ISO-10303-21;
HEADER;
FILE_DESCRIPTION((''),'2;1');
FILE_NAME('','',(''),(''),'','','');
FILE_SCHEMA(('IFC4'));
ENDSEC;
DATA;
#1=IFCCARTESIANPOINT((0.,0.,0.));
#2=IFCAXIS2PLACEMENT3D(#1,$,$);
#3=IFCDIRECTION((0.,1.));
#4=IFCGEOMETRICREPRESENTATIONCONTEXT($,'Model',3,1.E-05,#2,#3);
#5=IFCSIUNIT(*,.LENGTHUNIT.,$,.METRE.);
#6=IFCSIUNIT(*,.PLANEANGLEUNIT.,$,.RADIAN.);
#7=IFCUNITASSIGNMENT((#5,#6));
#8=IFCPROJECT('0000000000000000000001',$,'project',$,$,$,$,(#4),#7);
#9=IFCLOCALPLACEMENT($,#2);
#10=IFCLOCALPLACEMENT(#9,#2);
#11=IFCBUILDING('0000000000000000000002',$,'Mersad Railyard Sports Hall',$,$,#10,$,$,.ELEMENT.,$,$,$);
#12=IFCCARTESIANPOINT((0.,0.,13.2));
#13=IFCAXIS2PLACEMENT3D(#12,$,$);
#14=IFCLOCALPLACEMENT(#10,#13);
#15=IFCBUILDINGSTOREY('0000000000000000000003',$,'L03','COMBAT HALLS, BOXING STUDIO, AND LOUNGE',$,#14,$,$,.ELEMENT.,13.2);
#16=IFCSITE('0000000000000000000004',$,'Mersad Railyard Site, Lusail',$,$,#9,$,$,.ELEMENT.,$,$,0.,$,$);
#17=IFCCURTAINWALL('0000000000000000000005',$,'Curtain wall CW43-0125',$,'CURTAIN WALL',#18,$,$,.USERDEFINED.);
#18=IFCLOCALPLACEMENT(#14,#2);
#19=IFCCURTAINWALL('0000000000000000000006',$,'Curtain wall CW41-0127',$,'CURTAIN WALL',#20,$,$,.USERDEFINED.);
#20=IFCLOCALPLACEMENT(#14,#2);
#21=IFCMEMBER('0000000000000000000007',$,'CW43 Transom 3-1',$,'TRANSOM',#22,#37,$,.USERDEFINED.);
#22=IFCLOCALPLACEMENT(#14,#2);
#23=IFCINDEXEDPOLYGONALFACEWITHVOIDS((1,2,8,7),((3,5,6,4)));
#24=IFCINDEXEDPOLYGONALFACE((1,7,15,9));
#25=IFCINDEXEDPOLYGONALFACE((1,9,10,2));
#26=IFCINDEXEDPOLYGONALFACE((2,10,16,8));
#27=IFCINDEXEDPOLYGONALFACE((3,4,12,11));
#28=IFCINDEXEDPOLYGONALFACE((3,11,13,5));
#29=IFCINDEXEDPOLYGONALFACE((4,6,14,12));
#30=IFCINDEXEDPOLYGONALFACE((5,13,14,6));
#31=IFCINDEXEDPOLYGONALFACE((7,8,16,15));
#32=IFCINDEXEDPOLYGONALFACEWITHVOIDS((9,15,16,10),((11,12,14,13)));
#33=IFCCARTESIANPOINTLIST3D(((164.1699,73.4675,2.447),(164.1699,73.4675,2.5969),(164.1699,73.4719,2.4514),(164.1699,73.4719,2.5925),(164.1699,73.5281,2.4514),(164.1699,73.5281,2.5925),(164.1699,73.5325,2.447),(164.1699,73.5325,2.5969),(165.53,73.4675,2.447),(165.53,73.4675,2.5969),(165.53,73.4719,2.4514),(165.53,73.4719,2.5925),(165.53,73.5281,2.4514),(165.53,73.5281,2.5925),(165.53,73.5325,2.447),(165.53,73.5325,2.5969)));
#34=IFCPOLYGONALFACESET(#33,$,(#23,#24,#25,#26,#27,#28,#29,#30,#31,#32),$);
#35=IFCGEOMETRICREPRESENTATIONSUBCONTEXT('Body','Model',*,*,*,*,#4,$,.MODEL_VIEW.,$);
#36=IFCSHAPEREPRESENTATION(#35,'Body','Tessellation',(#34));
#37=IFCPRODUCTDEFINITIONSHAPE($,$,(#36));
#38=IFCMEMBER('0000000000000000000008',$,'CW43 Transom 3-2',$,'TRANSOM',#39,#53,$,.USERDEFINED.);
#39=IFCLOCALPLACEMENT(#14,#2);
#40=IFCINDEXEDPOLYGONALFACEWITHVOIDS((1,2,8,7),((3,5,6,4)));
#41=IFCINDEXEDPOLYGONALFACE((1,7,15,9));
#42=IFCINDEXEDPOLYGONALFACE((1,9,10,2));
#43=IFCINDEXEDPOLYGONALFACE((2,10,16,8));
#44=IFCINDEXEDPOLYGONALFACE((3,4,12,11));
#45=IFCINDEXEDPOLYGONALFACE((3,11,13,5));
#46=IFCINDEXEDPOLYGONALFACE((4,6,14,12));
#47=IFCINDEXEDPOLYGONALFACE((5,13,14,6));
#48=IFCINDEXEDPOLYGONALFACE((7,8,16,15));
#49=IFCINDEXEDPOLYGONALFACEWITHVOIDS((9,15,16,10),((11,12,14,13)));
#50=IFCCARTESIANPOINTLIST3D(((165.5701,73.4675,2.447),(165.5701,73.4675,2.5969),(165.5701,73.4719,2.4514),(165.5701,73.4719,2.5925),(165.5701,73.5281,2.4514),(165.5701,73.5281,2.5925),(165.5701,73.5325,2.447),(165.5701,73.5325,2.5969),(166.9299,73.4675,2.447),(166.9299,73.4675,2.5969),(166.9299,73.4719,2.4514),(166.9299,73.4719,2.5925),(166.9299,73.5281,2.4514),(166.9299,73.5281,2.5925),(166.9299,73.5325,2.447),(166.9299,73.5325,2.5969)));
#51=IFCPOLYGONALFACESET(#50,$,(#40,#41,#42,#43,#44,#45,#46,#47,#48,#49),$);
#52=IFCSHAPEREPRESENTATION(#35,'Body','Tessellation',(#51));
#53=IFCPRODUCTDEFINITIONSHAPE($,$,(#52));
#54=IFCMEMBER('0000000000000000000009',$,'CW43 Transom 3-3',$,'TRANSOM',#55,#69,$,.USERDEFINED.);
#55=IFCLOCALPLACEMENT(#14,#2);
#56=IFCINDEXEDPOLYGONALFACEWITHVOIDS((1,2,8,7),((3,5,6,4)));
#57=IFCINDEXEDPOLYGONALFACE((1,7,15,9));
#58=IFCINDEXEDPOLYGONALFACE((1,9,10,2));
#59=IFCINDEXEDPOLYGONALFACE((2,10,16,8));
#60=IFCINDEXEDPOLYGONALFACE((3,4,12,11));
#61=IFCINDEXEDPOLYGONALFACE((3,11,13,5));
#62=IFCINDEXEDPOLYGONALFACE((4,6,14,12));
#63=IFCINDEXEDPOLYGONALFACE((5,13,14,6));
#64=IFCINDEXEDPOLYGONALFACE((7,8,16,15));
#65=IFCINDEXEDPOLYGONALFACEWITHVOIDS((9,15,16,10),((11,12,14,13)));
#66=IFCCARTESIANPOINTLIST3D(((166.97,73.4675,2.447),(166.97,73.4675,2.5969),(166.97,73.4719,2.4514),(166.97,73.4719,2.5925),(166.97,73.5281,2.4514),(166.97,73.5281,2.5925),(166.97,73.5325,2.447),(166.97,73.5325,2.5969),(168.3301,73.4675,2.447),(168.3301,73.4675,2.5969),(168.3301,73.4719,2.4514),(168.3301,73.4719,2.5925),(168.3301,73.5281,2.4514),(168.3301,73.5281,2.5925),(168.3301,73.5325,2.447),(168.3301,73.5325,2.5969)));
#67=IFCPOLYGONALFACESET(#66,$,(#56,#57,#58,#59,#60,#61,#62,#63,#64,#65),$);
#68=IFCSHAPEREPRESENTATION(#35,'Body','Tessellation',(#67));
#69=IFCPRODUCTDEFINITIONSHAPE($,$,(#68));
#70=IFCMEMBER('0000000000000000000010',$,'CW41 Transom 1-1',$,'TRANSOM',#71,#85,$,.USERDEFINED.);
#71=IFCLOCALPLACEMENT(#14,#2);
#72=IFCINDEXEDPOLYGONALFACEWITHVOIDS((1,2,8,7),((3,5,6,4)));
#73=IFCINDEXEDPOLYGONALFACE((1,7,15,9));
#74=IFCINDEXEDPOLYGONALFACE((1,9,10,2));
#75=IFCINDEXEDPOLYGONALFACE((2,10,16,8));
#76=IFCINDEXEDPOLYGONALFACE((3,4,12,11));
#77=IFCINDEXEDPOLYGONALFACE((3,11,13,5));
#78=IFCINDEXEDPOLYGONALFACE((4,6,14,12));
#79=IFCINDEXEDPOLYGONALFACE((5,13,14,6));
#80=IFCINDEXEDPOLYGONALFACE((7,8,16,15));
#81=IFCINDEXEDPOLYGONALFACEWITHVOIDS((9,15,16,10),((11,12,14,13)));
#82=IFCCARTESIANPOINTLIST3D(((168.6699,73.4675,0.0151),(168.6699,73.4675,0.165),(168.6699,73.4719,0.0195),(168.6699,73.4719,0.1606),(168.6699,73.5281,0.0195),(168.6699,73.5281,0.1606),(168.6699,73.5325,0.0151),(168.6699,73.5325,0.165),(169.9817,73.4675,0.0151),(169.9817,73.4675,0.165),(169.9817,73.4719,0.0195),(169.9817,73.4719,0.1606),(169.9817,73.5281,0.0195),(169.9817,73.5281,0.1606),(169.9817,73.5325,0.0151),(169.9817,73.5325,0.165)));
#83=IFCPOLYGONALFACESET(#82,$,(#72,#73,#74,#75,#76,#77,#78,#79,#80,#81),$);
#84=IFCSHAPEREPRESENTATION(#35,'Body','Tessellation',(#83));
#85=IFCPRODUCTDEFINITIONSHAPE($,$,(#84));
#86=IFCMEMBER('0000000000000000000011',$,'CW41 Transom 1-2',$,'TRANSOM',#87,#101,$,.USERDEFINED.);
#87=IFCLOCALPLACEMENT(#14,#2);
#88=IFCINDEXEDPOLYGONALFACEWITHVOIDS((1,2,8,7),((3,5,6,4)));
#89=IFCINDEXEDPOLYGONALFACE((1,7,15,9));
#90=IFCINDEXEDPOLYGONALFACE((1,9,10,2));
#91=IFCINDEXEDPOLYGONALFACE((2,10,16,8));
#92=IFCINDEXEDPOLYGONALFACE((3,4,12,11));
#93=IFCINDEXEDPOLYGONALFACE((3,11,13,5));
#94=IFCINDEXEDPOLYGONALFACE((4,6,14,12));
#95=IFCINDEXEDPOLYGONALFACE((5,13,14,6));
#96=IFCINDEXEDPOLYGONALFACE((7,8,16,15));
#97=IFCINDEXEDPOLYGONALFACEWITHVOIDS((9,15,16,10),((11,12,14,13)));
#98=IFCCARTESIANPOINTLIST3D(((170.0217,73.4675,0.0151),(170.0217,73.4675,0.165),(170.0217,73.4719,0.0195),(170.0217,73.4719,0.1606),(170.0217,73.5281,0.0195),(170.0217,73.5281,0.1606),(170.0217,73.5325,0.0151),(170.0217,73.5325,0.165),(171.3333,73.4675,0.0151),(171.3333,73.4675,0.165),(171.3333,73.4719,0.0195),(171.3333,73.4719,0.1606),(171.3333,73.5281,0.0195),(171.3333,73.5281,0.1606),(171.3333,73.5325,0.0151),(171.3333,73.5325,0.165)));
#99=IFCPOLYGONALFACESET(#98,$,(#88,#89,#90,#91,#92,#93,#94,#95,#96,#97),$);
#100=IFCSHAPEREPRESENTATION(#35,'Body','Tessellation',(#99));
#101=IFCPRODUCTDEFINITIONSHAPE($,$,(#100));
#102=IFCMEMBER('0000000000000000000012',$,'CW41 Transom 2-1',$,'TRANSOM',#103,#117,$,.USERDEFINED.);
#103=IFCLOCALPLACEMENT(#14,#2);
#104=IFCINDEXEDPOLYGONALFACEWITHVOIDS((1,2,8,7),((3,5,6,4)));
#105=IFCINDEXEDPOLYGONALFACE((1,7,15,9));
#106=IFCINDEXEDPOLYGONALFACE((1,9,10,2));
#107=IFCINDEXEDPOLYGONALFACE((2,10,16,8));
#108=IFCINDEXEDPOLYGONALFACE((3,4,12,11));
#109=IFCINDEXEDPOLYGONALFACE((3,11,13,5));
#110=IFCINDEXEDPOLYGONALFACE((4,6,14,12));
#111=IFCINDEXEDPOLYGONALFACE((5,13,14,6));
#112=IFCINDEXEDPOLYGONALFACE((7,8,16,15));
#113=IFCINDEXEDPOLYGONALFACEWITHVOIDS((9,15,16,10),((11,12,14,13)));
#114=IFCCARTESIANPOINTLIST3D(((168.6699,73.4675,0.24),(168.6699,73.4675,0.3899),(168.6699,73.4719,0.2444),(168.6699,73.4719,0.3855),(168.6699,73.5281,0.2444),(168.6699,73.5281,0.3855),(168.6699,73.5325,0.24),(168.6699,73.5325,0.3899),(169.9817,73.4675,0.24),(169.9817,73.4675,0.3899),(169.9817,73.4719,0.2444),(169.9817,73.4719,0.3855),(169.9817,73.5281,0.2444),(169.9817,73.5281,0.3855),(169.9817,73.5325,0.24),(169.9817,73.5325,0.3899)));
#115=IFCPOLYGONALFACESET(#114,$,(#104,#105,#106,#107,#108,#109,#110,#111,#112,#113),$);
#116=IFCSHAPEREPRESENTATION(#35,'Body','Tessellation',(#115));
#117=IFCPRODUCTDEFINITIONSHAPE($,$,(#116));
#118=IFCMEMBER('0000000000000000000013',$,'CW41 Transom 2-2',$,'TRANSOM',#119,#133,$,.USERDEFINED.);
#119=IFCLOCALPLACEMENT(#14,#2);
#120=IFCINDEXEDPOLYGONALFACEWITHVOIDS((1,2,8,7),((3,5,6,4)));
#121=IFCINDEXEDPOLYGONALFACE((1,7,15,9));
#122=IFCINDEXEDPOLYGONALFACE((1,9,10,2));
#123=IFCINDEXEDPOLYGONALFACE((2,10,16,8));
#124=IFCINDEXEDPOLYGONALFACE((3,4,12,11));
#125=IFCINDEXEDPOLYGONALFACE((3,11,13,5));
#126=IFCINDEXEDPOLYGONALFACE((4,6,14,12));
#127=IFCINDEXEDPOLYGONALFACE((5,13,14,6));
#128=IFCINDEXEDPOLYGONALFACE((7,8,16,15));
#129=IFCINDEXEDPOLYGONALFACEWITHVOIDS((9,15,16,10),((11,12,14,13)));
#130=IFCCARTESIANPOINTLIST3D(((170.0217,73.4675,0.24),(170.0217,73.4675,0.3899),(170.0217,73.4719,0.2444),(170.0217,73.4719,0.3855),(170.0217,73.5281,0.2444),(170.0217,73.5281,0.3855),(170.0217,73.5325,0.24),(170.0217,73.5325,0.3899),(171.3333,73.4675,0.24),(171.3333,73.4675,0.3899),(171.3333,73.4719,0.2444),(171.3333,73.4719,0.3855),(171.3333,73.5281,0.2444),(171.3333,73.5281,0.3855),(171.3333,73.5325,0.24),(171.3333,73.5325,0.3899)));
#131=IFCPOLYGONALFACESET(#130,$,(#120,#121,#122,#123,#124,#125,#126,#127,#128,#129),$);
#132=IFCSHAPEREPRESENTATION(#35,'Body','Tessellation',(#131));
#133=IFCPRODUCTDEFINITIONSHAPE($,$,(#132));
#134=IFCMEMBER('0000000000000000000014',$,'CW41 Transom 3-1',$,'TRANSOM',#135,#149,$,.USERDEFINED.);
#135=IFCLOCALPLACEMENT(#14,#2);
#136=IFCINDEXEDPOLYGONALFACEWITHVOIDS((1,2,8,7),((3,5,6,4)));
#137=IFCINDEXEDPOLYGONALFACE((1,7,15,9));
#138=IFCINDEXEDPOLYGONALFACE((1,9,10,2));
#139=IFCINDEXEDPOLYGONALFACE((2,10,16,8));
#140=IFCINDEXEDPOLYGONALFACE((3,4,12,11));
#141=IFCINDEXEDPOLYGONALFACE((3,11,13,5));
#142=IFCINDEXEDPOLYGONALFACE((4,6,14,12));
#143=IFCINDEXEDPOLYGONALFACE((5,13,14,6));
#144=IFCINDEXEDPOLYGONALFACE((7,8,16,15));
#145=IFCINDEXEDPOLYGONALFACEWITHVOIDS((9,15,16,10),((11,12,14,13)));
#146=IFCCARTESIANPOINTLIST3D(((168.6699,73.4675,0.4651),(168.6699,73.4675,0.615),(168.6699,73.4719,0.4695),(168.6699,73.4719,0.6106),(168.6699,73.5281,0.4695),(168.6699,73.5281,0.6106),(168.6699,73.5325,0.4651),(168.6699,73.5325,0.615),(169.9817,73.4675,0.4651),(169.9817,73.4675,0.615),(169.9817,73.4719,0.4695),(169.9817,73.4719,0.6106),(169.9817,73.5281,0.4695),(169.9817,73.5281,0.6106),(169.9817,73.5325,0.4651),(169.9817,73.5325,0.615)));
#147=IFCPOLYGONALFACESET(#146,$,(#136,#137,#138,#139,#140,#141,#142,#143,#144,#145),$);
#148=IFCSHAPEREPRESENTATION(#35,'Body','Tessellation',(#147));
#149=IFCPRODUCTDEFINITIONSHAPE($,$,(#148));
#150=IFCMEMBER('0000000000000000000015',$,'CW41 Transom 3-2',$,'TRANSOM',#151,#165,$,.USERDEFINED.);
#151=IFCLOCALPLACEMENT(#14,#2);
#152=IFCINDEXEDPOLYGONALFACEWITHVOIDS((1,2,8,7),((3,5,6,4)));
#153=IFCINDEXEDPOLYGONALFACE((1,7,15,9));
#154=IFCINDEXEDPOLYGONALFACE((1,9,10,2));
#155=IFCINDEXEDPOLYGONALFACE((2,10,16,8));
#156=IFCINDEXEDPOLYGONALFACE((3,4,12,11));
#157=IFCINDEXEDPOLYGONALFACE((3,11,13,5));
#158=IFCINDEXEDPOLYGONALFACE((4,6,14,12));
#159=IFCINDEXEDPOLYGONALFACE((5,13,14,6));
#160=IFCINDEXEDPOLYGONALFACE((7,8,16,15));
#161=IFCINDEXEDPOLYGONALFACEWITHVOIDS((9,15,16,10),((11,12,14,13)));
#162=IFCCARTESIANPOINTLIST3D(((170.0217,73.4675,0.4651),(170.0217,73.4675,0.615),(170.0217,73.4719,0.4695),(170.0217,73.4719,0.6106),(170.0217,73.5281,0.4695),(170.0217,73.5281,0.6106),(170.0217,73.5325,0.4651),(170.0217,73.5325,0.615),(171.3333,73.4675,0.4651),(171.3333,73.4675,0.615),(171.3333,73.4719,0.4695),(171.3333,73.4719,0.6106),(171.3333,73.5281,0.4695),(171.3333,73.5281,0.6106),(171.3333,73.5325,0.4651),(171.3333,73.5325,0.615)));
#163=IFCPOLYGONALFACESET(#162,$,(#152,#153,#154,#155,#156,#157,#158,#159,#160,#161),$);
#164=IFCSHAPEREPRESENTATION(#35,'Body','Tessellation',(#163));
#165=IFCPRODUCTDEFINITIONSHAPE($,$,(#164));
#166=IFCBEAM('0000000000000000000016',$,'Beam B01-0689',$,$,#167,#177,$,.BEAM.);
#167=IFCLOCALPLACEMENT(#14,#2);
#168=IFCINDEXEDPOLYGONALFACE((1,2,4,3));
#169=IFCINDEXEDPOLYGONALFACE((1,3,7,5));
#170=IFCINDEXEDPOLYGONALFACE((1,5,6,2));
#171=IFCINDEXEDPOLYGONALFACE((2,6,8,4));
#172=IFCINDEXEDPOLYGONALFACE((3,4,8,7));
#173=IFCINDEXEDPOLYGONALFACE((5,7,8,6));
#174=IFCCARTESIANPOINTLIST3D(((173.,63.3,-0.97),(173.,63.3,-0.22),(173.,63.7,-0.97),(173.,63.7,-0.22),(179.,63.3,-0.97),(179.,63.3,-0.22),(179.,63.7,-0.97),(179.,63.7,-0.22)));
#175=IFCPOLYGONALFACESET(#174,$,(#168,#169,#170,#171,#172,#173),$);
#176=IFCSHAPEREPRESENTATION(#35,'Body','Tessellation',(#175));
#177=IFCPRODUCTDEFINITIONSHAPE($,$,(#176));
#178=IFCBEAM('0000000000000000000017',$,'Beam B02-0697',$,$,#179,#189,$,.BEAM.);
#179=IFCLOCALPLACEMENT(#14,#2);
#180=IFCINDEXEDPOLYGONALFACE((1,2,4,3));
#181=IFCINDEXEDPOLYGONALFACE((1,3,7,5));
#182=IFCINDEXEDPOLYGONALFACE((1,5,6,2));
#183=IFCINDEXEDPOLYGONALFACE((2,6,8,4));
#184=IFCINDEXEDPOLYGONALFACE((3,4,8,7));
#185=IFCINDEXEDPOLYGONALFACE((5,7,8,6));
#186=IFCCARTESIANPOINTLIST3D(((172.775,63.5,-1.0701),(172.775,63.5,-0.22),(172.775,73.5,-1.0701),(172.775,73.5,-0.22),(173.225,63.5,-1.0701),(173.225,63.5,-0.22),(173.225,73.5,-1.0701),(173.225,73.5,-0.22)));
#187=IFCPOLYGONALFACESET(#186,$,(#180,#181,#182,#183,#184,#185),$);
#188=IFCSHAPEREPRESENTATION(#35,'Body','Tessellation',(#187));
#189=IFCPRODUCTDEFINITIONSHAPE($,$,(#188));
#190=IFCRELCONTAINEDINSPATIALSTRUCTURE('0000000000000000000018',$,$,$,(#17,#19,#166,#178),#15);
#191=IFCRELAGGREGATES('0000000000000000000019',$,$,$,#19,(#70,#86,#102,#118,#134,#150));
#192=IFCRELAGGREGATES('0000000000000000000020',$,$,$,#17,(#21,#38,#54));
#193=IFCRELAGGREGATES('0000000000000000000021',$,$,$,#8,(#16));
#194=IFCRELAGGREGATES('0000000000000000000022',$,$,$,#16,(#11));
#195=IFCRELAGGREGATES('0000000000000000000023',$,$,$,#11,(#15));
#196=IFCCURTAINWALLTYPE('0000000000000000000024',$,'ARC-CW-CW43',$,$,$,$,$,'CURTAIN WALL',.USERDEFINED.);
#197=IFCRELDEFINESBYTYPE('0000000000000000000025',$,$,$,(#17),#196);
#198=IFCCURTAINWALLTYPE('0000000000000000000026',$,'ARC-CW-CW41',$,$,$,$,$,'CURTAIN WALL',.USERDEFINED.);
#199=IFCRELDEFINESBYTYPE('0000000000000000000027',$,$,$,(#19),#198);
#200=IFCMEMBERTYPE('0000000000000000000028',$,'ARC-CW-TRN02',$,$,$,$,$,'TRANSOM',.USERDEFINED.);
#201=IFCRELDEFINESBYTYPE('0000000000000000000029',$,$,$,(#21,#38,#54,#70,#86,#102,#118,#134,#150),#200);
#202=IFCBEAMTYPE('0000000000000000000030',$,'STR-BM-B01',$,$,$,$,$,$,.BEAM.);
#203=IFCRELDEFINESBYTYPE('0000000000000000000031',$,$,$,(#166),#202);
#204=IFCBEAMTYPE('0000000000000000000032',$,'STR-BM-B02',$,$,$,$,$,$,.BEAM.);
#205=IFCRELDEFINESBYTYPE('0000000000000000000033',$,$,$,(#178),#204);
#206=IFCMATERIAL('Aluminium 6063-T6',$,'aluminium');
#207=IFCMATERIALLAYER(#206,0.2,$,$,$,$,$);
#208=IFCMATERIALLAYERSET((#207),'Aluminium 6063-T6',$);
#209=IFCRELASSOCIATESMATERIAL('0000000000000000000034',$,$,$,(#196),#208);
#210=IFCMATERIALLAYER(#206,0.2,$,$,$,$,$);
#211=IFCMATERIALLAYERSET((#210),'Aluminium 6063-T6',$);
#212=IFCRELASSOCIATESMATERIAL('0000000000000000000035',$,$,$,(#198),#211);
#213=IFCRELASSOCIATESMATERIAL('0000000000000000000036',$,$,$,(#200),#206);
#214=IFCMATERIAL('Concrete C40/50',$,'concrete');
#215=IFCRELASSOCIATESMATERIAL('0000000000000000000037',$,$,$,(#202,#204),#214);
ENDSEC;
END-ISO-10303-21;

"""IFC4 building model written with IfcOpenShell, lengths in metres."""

from ifc_helpers import new_model, si_unit, direction, frame, origin, origin_2d, place, context, subcontext, project, spatial, rectangle, hollow_rectangle, extrude, material, layer, layer_set, material_profile, profile_set, type_object, element, aggregate, save


model = new_model("IFC4")

# Units and contexts
model_context = context("Model", 3, precision=1e-05, world=origin(), true_north=direction((0.0, 1.0)))
body_context = subcontext(model_context, "Body", "Model", "MODEL_VIEW")
ifc_project = project(units=[si_unit("LENGTHUNIT", "METRE"), si_unit("PLANEANGLEUNIT", "RADIAN")], contexts=[model_context])

# Site, building, storey
site_placement = place(None, origin())
site = spatial("IfcSite", under=ifc_project, at=site_placement, Name="Mersad Railyard Site, Lusail", CompositionType="ELEMENT", RefElevation=0.0)
building_placement = place(site_placement, origin())
building = spatial("IfcBuilding", under=site, at=building_placement, Name="Mersad Railyard Sports Hall", CompositionType="ELEMENT")
storey_placement = place(building_placement, frame((0.0, 0.0, 13.2)))
storey = spatial("IfcBuildingStorey", under=building, at=storey_placement, Name="L03", Description="COMBAT HALLS, BOXING STUDIO, AND LOUNGE", CompositionType="ELEMENT", Elevation=13.2)

# Curtain walls
ifc_material_1 = material(Name="Aluminium 6063-T6", Category="aluminium")
ifc_layer_1 = layer(ifc_material_1, 0.2)
ifc_layer_set_1 = layer_set([ifc_layer_1], Name="Aluminium 6063-T6")
curtain_wall_type_1 = type_object("IfcCurtainWallType", Name="ARC-CW-CW43", ElementType="CURTAIN WALL", PredefinedType="USERDEFINED", material=ifc_layer_set_1)
curtain_wall_1_placement = place(storey_placement, origin())
curtain_wall_1 = element("IfcCurtainWall", 1, at=curtain_wall_1_placement, inside=storey, type_object=curtain_wall_type_1, Name="Curtain wall CW43-0125", ObjectType="CURTAIN WALL", PredefinedType="USERDEFINED")
ifc_layer_2 = layer(ifc_material_1, 0.2)
ifc_layer_set_2 = layer_set([ifc_layer_2], Name="Aluminium 6063-T6")
curtain_wall_type_2 = type_object("IfcCurtainWallType", Name="ARC-CW-CW41", ElementType="CURTAIN WALL", PredefinedType="USERDEFINED", material=ifc_layer_set_2)
curtain_wall_2_placement = place(storey_placement, origin())
curtain_wall_2 = element("IfcCurtainWall", 2, at=curtain_wall_2_placement, inside=storey, type_object=curtain_wall_type_2, Name="Curtain wall CW41-0127", ObjectType="CURTAIN WALL", PredefinedType="USERDEFINED")

# Members
ifc_material_profile_1 = material_profile(ifc_material_1, hollow_rectangle(XDim=0.0649, YDim=0.1499, WallThickness=0.0044, at=origin_2d()), Name="AL TRANSOM 65x150x4.5")
ifc_profile_set_1 = profile_set([ifc_material_profile_1], Name="Aluminium 6063-T6")
member_type_1 = type_object("IfcMemberType", Name="ARC-CW-TRN02", ElementType="TRANSOM", PredefinedType="USERDEFINED", material=ifc_profile_set_1)
member_1_placement = place(storey_placement, frame((164.1699, 73.5, 2.522), z_axis=(1.0, 0.0, 0.0), x_axis=(0.0, 1.0, 0.0)))
member_1 = element("IfcMember", 3, at=member_1_placement, type_object=member_type_1, Name="CW43 Transom 3-1", ObjectType="TRANSOM", PredefinedType="USERDEFINED", context=body_context, shape_type="SweptSolid", body=[
    extrude(hollow_rectangle(XDim=0.0649, YDim=0.1499, WallThickness=0.0044, at=origin_2d()), origin(), (0.0, 0.0, 1.0), 1.3601),
])
member_2_placement = place(storey_placement, frame((165.5701, 73.5, 2.522), z_axis=(1.0, 0.0, 0.0), x_axis=(0.0, 1.0, 0.0)))
member_2 = element("IfcMember", 4, at=member_2_placement, type_object=member_type_1, Name="CW43 Transom 3-2", ObjectType="TRANSOM", PredefinedType="USERDEFINED", context=body_context, shape_type="SweptSolid", body=[
    extrude(hollow_rectangle(XDim=0.0649, YDim=0.1499, WallThickness=0.0044, at=origin_2d()), origin(), (0.0, 0.0, 1.0), 1.3599),
])
member_3_placement = place(storey_placement, frame((166.97, 73.5, 2.522), z_axis=(1.0, 0.0, 0.0), x_axis=(0.0, 1.0, 0.0)))
member_3 = element("IfcMember", 5, at=member_3_placement, type_object=member_type_1, Name="CW43 Transom 3-3", ObjectType="TRANSOM", PredefinedType="USERDEFINED", context=body_context, shape_type="SweptSolid", body=[
    extrude(hollow_rectangle(XDim=0.0649, YDim=0.1499, WallThickness=0.0044, at=origin_2d()), origin(), (0.0, 0.0, 1.0), 1.3601),
])
member_4_placement = place(storey_placement, frame((168.6699, 73.5, 0.0901), z_axis=(1.0, 0.0, 0.0), x_axis=(0.0, 1.0, 0.0)))
member_4 = element("IfcMember", 6, at=member_4_placement, type_object=member_type_1, Name="CW41 Transom 1-1", ObjectType="TRANSOM", PredefinedType="USERDEFINED", context=body_context, shape_type="SweptSolid", body=[
    extrude(hollow_rectangle(XDim=0.0649, YDim=0.1499, WallThickness=0.0044, at=origin_2d()), origin(), (0.0, 0.0, 1.0), 1.3118),
])
member_5_placement = place(storey_placement, frame((170.0217, 73.5, 0.0901), z_axis=(1.0, 0.0, 0.0), x_axis=(0.0, 1.0, 0.0)))
member_5 = element("IfcMember", 7, at=member_5_placement, type_object=member_type_1, Name="CW41 Transom 1-2", ObjectType="TRANSOM", PredefinedType="USERDEFINED", context=body_context, shape_type="SweptSolid", body=[
    extrude(hollow_rectangle(XDim=0.0649, YDim=0.1499, WallThickness=0.0044, at=origin_2d()), origin(), (0.0, 0.0, 1.0), 1.3115),
])
member_6_placement = place(storey_placement, frame((168.6699, 73.5, 0.3149), z_axis=(1.0, 0.0, 0.0), x_axis=(0.0, 1.0, 0.0)))
member_6 = element("IfcMember", 8, at=member_6_placement, type_object=member_type_1, Name="CW41 Transom 2-1", ObjectType="TRANSOM", PredefinedType="USERDEFINED", context=body_context, shape_type="SweptSolid", body=[
    extrude(hollow_rectangle(XDim=0.0649, YDim=0.1499, WallThickness=0.0044, at=origin_2d()), origin(), (0.0, 0.0, 1.0), 1.3118),
])
member_7_placement = place(storey_placement, frame((170.0217, 73.5, 0.3149), z_axis=(1.0, 0.0, 0.0), x_axis=(0.0, 1.0, 0.0)))
member_7 = element("IfcMember", 9, at=member_7_placement, type_object=member_type_1, Name="CW41 Transom 2-2", ObjectType="TRANSOM", PredefinedType="USERDEFINED", context=body_context, shape_type="SweptSolid", body=[
    extrude(hollow_rectangle(XDim=0.0649, YDim=0.1499, WallThickness=0.0044, at=origin_2d()), origin(), (0.0, 0.0, 1.0), 1.3115),
])
member_8_placement = place(storey_placement, frame((168.6699, 73.5, 0.54), z_axis=(1.0, 0.0, 0.0), x_axis=(0.0, 1.0, 0.0)))
member_8 = element("IfcMember", 10, at=member_8_placement, type_object=member_type_1, Name="CW41 Transom 3-1", ObjectType="TRANSOM", PredefinedType="USERDEFINED", context=body_context, shape_type="SweptSolid", body=[
    extrude(hollow_rectangle(XDim=0.0649, YDim=0.1499, WallThickness=0.0044, at=origin_2d()), origin(), (0.0, 0.0, 1.0), 1.3118),
])
member_9_placement = place(storey_placement, frame((170.0217, 73.5, 0.54), z_axis=(1.0, 0.0, 0.0), x_axis=(0.0, 1.0, 0.0)))
member_9 = element("IfcMember", 11, at=member_9_placement, type_object=member_type_1, Name="CW41 Transom 3-2", ObjectType="TRANSOM", PredefinedType="USERDEFINED", context=body_context, shape_type="SweptSolid", body=[
    extrude(hollow_rectangle(XDim=0.0649, YDim=0.1499, WallThickness=0.0044, at=origin_2d()), origin(), (0.0, 0.0, 1.0), 1.3115),
])
aggregate(curtain_wall_2, [member_4, member_5, member_6, member_7, member_8, member_9])

# Beams
ifc_material_2 = material(Name="Concrete C40/50", Category="concrete")
ifc_material_profile_2 = material_profile(ifc_material_2, rectangle(XDim=0.3999, YDim=0.75, at=origin_2d()), Name="RC 400x750")
ifc_profile_set_2 = profile_set([ifc_material_profile_2], Name="Concrete C40/50")
beam_type_1 = type_object("IfcBeamType", Name="STR-BM-B01", PredefinedType="BEAM", material=ifc_profile_set_2)
beam_placement = place(storey_placement, frame((173.0, 63.5, -0.595), z_axis=(1.0, 0.0, 0.0), x_axis=(0.0, 1.0, 0.0)))
element("IfcBeam", 12, at=beam_placement, inside=storey, type_object=beam_type_1, Name="Beam B01-0689", PredefinedType="BEAM", context=body_context, shape_type="SweptSolid", body=[
    extrude(rectangle(XDim=0.3999, YDim=0.75, at=origin_2d()), origin(), (0.0, 0.0, 1.0), 6.0),
])
ifc_material_profile_3 = material_profile(ifc_material_2, rectangle(XDim=0.45, YDim=0.8501, at=origin_2d()), Name="RC 450x850")
ifc_profile_set_3 = profile_set([ifc_material_profile_3], Name="Concrete C40/50")
beam_type_2 = type_object("IfcBeamType", Name="STR-BM-B02", PredefinedType="BEAM", material=ifc_profile_set_3)
for number, where, z_axis, x_axis, name in (
    (13, (173.0, 63.5, -0.645), (0.0, 1.0, 0.0), (-1.0, 0.0, 0.0), "Beam B02-0697"),
):
    element("IfcBeam", number, at=place(storey_placement, frame(where, z_axis=z_axis, x_axis=x_axis)), inside=storey, type_object=beam_type_2, Name=name, PredefinedType="BEAM", context=body_context, shape_type="SweptSolid", body=[
        extrude(rectangle(XDim=0.45, YDim=0.8501, at=origin_2d()), origin(), (0.0, 0.0, 1.0), 10.0),
    ])

aggregate(curtain_wall_1, [member_1, member_2, member_3])

save(model, "model.ifc")
